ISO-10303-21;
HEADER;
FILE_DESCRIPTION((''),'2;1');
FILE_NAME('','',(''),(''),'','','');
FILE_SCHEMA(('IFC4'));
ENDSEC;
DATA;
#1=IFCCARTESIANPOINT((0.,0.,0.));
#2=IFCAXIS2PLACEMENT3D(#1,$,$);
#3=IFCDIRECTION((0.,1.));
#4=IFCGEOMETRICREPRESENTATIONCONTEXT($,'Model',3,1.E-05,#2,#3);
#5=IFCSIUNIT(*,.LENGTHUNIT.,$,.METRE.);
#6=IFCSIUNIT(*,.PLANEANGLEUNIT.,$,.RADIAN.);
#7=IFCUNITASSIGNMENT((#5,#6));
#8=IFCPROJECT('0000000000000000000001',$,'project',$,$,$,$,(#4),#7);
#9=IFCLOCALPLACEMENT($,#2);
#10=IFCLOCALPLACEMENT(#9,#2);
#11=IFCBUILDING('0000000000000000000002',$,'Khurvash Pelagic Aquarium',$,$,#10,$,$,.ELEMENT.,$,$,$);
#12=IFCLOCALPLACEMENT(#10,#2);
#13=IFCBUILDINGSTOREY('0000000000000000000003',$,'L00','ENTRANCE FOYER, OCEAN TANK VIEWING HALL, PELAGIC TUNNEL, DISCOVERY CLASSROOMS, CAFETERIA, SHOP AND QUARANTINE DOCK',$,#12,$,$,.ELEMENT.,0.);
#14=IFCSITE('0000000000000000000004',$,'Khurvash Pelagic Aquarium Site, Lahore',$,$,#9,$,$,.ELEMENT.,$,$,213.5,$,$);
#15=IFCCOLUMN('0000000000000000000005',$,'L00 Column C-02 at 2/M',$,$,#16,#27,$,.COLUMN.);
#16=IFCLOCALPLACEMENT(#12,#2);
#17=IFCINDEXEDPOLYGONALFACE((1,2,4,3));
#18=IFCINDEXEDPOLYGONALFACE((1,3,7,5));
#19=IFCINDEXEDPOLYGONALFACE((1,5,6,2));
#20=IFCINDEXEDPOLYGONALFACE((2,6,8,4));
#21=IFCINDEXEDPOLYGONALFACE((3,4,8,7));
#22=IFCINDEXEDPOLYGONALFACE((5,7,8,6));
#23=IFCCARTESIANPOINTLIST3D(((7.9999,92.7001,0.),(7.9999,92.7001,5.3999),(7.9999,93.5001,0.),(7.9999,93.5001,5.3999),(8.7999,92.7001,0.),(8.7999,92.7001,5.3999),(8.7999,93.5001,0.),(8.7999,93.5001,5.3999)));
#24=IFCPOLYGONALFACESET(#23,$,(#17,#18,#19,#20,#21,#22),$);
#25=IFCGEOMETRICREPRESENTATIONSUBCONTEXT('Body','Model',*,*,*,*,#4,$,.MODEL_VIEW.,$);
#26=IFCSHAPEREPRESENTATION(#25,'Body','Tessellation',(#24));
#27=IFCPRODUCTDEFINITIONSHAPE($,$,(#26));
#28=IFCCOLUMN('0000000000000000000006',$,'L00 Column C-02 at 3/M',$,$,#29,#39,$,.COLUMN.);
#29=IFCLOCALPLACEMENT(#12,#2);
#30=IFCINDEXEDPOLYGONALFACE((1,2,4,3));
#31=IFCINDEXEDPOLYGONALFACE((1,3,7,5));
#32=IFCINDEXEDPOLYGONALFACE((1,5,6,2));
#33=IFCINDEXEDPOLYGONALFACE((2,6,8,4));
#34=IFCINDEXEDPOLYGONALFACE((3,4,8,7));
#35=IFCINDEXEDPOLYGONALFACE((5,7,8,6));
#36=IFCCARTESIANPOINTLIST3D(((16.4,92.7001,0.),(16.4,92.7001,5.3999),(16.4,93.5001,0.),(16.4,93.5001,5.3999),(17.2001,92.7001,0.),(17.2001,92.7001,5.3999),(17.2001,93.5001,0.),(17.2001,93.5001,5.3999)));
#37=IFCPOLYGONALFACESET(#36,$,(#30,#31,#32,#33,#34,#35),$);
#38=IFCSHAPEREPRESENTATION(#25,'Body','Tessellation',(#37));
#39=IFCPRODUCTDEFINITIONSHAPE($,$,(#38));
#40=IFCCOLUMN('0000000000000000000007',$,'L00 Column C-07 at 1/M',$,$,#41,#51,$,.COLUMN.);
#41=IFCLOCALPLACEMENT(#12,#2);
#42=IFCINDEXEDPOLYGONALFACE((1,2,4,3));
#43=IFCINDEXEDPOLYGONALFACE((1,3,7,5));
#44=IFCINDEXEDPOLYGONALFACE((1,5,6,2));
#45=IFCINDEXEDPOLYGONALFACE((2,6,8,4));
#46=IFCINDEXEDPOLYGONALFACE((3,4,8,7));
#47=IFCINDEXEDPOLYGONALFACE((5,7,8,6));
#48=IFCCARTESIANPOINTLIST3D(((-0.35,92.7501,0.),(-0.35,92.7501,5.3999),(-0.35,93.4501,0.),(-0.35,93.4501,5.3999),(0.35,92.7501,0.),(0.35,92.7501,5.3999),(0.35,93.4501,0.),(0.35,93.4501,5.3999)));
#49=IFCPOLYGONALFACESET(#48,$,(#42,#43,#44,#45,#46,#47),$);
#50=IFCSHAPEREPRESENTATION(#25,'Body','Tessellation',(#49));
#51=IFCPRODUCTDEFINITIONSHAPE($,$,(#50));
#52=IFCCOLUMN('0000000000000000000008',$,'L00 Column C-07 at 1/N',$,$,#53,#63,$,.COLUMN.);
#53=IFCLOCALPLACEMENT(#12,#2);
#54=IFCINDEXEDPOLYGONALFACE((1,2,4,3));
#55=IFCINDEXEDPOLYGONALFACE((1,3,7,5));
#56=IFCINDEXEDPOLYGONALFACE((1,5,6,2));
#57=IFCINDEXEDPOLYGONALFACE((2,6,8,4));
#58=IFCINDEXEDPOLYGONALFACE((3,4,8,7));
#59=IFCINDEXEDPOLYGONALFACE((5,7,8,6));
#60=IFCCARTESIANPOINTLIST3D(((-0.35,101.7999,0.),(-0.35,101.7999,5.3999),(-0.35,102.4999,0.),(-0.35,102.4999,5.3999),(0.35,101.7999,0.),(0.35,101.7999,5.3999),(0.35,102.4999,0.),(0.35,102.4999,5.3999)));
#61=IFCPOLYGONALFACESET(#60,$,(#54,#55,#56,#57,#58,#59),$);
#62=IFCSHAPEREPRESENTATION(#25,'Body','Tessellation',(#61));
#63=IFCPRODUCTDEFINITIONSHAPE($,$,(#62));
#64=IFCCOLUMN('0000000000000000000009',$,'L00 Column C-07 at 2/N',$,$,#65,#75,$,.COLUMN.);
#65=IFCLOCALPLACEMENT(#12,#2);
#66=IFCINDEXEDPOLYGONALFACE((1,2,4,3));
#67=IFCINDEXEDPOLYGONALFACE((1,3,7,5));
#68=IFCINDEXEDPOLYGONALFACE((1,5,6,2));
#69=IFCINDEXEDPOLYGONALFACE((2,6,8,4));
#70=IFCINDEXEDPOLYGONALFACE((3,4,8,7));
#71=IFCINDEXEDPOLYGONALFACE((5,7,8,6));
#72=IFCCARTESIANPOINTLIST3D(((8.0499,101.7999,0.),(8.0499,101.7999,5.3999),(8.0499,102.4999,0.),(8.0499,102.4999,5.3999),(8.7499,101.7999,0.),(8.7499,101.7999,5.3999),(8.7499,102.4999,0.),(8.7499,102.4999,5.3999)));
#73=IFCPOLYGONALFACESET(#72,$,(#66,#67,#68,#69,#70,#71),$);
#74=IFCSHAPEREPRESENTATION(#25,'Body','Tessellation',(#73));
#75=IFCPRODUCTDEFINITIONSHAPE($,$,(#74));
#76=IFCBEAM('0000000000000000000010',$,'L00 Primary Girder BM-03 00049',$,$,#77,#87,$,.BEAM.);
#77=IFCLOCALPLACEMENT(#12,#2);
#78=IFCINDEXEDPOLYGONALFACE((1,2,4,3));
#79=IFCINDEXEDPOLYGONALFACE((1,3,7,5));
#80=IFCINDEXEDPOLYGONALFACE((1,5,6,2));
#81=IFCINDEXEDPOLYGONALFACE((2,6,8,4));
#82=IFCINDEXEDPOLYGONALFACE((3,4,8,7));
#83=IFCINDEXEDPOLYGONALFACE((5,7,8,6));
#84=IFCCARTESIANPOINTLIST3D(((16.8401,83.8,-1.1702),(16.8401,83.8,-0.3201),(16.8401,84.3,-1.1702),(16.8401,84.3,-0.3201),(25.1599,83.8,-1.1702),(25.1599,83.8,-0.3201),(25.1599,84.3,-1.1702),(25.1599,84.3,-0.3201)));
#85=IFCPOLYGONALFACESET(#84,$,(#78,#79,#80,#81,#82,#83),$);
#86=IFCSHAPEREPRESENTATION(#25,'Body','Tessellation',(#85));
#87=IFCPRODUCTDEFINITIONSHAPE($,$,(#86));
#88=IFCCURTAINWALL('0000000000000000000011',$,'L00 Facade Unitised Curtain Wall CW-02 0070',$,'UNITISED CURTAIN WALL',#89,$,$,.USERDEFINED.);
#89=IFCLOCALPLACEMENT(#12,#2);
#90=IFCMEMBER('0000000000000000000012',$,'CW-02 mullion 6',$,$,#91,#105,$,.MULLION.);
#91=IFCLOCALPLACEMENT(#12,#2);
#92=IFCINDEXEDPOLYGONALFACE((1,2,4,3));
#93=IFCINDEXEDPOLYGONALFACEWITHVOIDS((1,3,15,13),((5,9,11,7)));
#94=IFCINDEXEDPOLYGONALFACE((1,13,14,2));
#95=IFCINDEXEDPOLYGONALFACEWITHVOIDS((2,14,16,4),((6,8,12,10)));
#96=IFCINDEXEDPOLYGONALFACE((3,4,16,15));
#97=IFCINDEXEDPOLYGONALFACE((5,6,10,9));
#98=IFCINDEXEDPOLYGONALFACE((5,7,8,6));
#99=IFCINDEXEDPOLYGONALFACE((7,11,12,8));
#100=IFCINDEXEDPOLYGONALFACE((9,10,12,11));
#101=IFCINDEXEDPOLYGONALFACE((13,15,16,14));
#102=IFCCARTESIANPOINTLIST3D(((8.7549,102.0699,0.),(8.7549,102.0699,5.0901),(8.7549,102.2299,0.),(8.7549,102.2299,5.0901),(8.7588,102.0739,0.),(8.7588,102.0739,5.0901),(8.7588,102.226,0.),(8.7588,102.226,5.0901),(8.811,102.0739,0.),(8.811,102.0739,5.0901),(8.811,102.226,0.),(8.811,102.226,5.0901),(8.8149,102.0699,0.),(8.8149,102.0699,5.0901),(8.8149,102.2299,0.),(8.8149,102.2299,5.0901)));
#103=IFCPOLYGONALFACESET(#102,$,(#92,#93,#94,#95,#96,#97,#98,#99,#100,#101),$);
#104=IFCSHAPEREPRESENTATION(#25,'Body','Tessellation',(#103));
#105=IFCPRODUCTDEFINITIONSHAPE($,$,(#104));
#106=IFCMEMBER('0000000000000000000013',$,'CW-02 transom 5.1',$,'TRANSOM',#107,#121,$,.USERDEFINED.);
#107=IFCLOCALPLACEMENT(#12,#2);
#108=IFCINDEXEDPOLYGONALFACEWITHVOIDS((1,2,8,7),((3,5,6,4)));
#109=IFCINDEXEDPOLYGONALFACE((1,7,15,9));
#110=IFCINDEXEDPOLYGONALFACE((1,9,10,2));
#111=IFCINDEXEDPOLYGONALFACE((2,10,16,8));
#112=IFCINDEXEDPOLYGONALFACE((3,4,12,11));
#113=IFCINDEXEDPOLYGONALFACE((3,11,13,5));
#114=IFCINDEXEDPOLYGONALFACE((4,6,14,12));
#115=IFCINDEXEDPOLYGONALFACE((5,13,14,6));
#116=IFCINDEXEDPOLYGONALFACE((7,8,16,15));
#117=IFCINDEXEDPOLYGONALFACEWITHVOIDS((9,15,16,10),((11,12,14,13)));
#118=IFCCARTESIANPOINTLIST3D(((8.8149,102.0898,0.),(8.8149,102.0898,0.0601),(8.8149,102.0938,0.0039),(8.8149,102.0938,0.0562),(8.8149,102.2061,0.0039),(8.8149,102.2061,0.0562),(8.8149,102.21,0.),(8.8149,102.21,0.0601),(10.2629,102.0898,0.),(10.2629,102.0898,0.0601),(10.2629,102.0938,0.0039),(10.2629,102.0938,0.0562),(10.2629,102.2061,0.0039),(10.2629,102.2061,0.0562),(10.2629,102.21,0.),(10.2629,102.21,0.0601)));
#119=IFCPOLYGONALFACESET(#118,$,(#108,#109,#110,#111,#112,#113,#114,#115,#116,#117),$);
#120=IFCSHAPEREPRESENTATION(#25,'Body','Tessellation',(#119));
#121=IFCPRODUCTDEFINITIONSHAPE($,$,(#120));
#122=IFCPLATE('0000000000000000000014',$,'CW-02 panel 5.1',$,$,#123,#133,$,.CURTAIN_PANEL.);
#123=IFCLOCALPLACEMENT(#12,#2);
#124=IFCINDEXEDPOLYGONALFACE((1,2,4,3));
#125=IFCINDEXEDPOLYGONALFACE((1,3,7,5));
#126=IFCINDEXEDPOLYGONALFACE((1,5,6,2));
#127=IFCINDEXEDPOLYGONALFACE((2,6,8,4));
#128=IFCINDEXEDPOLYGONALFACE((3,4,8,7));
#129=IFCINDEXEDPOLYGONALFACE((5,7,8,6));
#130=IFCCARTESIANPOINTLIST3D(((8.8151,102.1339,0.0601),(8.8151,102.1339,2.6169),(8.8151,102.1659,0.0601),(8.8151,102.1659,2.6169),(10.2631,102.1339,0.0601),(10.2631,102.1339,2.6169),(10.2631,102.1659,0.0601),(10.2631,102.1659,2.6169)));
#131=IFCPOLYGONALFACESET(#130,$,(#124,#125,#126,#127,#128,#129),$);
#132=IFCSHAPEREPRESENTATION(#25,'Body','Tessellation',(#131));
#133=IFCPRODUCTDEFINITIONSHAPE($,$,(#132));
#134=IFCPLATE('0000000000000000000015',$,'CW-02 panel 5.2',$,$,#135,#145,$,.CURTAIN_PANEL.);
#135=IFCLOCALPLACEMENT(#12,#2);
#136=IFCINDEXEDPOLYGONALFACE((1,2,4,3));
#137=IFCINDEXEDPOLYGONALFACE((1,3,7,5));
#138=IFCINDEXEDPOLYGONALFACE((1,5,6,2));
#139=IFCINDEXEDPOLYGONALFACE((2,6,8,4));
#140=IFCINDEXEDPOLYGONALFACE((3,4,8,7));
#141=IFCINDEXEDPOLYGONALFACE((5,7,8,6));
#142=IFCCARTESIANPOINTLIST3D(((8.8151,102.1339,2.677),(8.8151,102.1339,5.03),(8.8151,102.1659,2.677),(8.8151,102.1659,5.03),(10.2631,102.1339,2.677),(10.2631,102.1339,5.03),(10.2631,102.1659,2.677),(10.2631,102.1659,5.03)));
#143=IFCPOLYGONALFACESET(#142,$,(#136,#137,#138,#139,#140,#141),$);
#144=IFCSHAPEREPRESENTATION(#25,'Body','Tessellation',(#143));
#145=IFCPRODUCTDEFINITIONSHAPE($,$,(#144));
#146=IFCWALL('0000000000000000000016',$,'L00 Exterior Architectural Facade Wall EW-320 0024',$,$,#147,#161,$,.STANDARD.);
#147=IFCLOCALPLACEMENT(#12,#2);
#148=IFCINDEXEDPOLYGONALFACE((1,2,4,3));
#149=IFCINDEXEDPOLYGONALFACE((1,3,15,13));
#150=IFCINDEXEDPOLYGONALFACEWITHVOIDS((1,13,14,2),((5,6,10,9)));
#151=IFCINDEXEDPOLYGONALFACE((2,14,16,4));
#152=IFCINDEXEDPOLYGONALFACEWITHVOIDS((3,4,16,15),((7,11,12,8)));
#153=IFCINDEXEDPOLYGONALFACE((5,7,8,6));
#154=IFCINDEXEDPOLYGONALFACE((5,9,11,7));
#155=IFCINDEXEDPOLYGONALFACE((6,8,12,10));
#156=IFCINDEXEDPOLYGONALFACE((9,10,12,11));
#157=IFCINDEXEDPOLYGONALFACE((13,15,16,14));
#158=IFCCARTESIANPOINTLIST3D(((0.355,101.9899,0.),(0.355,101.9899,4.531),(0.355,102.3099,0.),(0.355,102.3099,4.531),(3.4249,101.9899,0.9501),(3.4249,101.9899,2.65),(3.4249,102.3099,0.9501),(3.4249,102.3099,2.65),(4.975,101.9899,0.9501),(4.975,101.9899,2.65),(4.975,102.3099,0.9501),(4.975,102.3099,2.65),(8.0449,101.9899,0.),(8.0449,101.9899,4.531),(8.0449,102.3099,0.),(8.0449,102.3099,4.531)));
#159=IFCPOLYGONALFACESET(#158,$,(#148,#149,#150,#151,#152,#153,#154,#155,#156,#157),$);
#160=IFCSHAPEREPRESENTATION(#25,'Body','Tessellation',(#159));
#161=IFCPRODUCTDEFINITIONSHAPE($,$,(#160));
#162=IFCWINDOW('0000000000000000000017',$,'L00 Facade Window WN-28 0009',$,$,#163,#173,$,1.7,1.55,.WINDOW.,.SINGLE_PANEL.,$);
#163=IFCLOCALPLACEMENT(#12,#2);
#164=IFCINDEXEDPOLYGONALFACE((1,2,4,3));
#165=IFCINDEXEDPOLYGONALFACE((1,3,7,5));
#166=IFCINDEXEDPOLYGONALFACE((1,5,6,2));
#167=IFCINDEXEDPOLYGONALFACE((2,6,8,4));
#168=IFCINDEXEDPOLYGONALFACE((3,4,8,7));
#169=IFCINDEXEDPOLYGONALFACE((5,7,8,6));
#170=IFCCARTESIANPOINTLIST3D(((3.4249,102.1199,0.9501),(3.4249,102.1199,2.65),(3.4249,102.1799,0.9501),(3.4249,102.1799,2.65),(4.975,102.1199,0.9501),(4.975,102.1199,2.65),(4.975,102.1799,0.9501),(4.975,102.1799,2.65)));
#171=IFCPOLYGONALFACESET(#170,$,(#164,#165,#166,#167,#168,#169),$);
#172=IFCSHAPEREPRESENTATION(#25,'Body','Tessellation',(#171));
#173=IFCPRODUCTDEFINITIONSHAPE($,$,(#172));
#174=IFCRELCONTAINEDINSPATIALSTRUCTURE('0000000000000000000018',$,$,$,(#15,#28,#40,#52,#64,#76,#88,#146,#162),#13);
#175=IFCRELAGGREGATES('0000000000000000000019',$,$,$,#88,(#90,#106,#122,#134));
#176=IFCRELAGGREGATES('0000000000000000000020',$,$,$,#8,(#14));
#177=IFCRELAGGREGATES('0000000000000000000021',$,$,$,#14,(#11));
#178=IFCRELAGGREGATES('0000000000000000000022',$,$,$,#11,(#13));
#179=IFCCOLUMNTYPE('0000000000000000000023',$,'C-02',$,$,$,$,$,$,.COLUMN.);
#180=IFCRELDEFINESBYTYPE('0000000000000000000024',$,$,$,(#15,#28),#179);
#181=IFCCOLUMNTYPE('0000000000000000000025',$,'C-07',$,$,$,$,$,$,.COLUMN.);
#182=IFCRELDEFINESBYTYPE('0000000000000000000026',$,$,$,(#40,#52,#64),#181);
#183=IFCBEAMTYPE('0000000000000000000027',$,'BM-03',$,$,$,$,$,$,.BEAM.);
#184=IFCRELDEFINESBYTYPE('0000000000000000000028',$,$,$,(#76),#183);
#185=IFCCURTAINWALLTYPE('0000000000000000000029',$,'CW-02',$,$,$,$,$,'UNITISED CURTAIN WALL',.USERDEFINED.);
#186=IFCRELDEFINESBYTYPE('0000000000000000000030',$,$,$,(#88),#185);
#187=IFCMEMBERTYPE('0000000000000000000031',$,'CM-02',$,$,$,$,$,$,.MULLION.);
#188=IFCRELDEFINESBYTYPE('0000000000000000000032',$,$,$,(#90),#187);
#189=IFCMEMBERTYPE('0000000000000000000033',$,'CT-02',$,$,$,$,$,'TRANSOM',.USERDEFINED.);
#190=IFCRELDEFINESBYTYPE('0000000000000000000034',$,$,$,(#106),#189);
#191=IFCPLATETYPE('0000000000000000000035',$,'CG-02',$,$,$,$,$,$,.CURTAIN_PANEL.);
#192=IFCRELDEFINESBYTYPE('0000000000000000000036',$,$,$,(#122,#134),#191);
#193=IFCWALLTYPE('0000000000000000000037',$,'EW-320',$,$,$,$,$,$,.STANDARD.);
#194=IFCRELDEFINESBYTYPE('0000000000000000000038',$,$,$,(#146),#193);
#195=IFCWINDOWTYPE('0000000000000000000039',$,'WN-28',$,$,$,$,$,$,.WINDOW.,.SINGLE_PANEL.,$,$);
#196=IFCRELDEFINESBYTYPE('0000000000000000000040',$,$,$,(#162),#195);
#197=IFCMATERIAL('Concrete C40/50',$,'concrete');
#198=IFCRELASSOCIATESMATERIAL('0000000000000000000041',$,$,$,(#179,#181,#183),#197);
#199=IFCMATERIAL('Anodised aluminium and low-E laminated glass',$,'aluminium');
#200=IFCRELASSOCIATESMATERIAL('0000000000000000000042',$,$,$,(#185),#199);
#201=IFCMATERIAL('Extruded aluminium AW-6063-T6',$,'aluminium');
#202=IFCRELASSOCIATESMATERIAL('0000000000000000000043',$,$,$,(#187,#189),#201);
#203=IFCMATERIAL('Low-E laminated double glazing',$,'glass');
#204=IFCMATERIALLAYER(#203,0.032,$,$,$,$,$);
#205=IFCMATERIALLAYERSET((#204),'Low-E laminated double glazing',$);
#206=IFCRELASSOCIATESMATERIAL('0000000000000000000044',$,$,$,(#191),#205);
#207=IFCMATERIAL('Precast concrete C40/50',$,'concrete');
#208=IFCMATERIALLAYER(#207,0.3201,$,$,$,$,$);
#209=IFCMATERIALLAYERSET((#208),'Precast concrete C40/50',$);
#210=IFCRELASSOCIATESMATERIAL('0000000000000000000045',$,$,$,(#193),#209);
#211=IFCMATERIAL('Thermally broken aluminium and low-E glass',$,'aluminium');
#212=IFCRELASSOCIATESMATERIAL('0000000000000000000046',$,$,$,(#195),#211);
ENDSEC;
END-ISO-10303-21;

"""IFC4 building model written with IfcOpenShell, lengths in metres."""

from ifc_helpers import new_model, si_unit, direction, frame, frame_2d, origin, origin_2d, place, context, subcontext, project, spatial, rectangle, hollow_rectangle, extrude, material, layer, layer_set, material_profile, profile_set, type_object, element, fill, aggregate, save


model = new_model("IFC4")

# Units and contexts
model_context = context("Model", 3, precision=1e-05, world=origin(), true_north=direction((0.0, 1.0)))
body_context = subcontext(model_context, "Body", "Model", "MODEL_VIEW")
ifc_project = project(units=[si_unit("LENGTHUNIT", "METRE"), si_unit("PLANEANGLEUNIT", "RADIAN")], contexts=[model_context])

# Site, building, storey
site_placement = place(None, origin())
site = spatial("IfcSite", under=ifc_project, at=site_placement, Name="Khurvash Pelagic Aquarium Site, Lahore", CompositionType="ELEMENT", RefElevation=213.5)
building_placement = place(site_placement, origin())
building = spatial("IfcBuilding", under=site, at=building_placement, Name="Khurvash Pelagic Aquarium", CompositionType="ELEMENT")
storey_placement = place(building_placement, origin())
storey = spatial("IfcBuildingStorey", under=building, at=storey_placement, Name="L00", Description="ENTRANCE FOYER, OCEAN TANK VIEWING HALL, PELAGIC TUNNEL, DISCOVERY CLASSROOMS, CAFETERIA, SHOP AND QUARANTINE DOCK", CompositionType="ELEMENT", Elevation=0.0)

# Columns
ifc_material_1 = material(Name="Concrete C40/50", Category="concrete")
ifc_material_profile_1 = material_profile(ifc_material_1, rectangle(XDim=0.8, YDim=0.8, at=origin_2d()), Name="RC800X800")
ifc_profile_set_1 = profile_set([ifc_material_profile_1], Name="Concrete C40/50")
column_type_1 = type_object("IfcColumnType", Name="C-02", PredefinedType="COLUMN", material=ifc_profile_set_1)
for number, where, z_axis, x_axis, name in (
    (1, (8.3999, 93.1001, 0.0), (0.0, 0.0, 1.0), (1.0, 0.0, 0.0), "L00 Column C-02 at 2/M"),
    (2, (16.8, 93.1001, 0.0), (0.0, 0.0, 1.0), (1.0, 0.0, 0.0), "L00 Column C-02 at 3/M"),
):
    element("IfcColumn", number, at=place(storey_placement, frame(where, z_axis=z_axis, x_axis=x_axis)), inside=storey, type_object=column_type_1, Name=name, PredefinedType="COLUMN", context=body_context, shape_type="SweptSolid", body=[
        extrude(rectangle(XDim=0.8, YDim=0.8, at=origin_2d()), origin(), (0.0, 0.0, 1.0), 5.3999),
    ])
ifc_material_profile_2 = material_profile(ifc_material_1, rectangle(XDim=0.7, YDim=0.7, at=origin_2d()), Name="RC700X700")
ifc_profile_set_2 = profile_set([ifc_material_profile_2], Name="Concrete C40/50")
column_type_2 = type_object("IfcColumnType", Name="C-07", PredefinedType="COLUMN", material=ifc_profile_set_2)
for number, where, z_axis, x_axis, name in (
    (3, (0.0, 93.1001, 0.0), (0.0, 0.0, 1.0), (1.0, 0.0, 0.0), "L00 Column C-07 at 1/M"),
    (4, (0.0, 102.1499, 0.0), (0.0, 0.0, 1.0), (1.0, 0.0, 0.0), "L00 Column C-07 at 1/N"),
    (5, (8.3999, 102.1499, 0.0), (0.0, 0.0, 1.0), (1.0, 0.0, 0.0), "L00 Column C-07 at 2/N"),
):
    element("IfcColumn", number, at=place(storey_placement, frame(where, z_axis=z_axis, x_axis=x_axis)), inside=storey, type_object=column_type_2, Name=name, PredefinedType="COLUMN", context=body_context, shape_type="SweptSolid", body=[
        extrude(rectangle(XDim=0.7, YDim=0.7, at=origin_2d()), origin(), (0.0, 0.0, 1.0), 5.3999),
    ])

# Beam
ifc_material_profile_3 = material_profile(ifc_material_1, rectangle(XDim=0.5, YDim=0.8501, at=origin_2d()), Name="RC500X850")
ifc_profile_set_3 = profile_set([ifc_material_profile_3], Name="Concrete C40/50")
beam_type = type_object("IfcBeamType", Name="BM-03", PredefinedType="BEAM", material=ifc_profile_set_3)
beam_placement = place(storey_placement, frame((16.8401, 84.05, -0.7451), z_axis=(1.0, 0.0, 0.0), x_axis=(0.0, 1.0, 0.0)))
element("IfcBeam", 6, at=beam_placement, inside=storey, type_object=beam_type, Name="L00 Primary Girder BM-03 00049", PredefinedType="BEAM", context=body_context, shape_type="SweptSolid", body=[
    extrude(rectangle(XDim=0.5, YDim=0.8501, at=origin_2d()), origin(), (0.0, 0.0, 1.0), 8.3198),
])

# Curtain wall, members, plates
ifc_material_2 = material(Name="Anodised aluminium and low-E laminated glass", Category="aluminium")
curtain_wall_type = type_object("IfcCurtainWallType", Name="CW-02", ElementType="UNITISED CURTAIN WALL", PredefinedType="USERDEFINED", material=ifc_material_2)
curtain_wall_placement = place(storey_placement, origin())
curtain_wall = element("IfcCurtainWall", 7, at=curtain_wall_placement, inside=storey, type_object=curtain_wall_type, Name="L00 Facade Unitised Curtain Wall CW-02 0070", ObjectType="UNITISED CURTAIN WALL", PredefinedType="USERDEFINED")
ifc_material_3 = material(Name="Extruded aluminium AW-6063-T6", Category="aluminium")
ifc_material_profile_4 = material_profile(ifc_material_3, hollow_rectangle(XDim=0.0601, YDim=0.1599, WallThickness=0.0039, at=origin_2d()), Name="CWM60X160X4")
ifc_profile_set_4 = profile_set([ifc_material_profile_4], Name="Extruded aluminium AW-6063-T6")
member_type_1 = type_object("IfcMemberType", Name="CM-02", PredefinedType="MULLION", material=ifc_profile_set_4)
member_1_placement = place(storey_placement, frame((8.7849, 102.1499, 0.0), z_axis=(0.0, 0.0, 1.0), x_axis=(-1.0, 0.0, 0.0)))
member_1 = element("IfcMember", 8, at=member_1_placement, type_object=member_type_1, Name="CW-02 mullion 6", PredefinedType="MULLION", context=body_context, shape_type="SweptSolid", body=[
    extrude(hollow_rectangle(XDim=0.0601, YDim=0.1599, WallThickness=0.0039, at=origin_2d()), origin(), (0.0, 0.0, 1.0), 5.0901),
])
ifc_material_profile_5 = material_profile(ifc_material_3, hollow_rectangle(XDim=0.1201, YDim=0.0601, WallThickness=0.0039, at=origin_2d()), Name="CWT120X60X4")
ifc_profile_set_5 = profile_set([ifc_material_profile_5], Name="Extruded aluminium AW-6063-T6")
member_type_2 = type_object("IfcMemberType", Name="CT-02", ElementType="TRANSOM", PredefinedType="USERDEFINED", material=ifc_profile_set_5)
member_2_placement = place(storey_placement, frame((10.2629, 102.1499, 0.03), z_axis=(-1.0, 0.0, 0.0), x_axis=(0.0, -1.0, 0.0)))
member_2 = element("IfcMember", 9, at=member_2_placement, type_object=member_type_2, Name="CW-02 transom 5.1", ObjectType="TRANSOM", PredefinedType="USERDEFINED", context=body_context, shape_type="SweptSolid", body=[
    extrude(hollow_rectangle(XDim=0.1201, YDim=0.0601, WallThickness=0.0039, at=origin_2d()), origin(), (0.0, 0.0, 1.0), 1.448),
])
ifc_material_4 = material(Name="Low-E laminated double glazing", Category="glass")
ifc_layer_1 = layer(ifc_material_4, 0.032)
ifc_layer_set_1 = layer_set([ifc_layer_1], Name="Low-E laminated double glazing")
plate_type = type_object("IfcPlateType", Name="CG-02", PredefinedType="CURTAIN_PANEL", material=ifc_layer_set_1)
plate_1_placement = place(storey_placement, frame((9.5391, 102.1499, 0.0601), z_axis=(0.0, 0.0, 1.0), x_axis=(-1.0, 0.0, 0.0)))
plate_1 = element("IfcPlate", 10, at=plate_1_placement, type_object=plate_type, Name="CW-02 panel 5.1", PredefinedType="CURTAIN_PANEL", context=body_context, shape_type="SweptSolid", body=[
    extrude(rectangle(XDim=1.448, YDim=0.032, at=origin_2d()), origin(), (0.0, 0.0, 1.0), 2.5569),
])
plate_2_placement = place(storey_placement, frame((9.5391, 102.1499, 2.677), z_axis=(0.0, 0.0, 1.0), x_axis=(-1.0, 0.0, 0.0)))
plate_2 = element("IfcPlate", 11, at=plate_2_placement, type_object=plate_type, Name="CW-02 panel 5.2", PredefinedType="CURTAIN_PANEL", context=body_context, shape_type="SweptSolid", body=[
    extrude(rectangle(XDim=1.448, YDim=0.032, at=origin_2d()), origin(), (0.0, 0.0, 1.0), 2.353),
])
aggregate(curtain_wall, [member_1, member_2, plate_1, plate_2])

# Wall, opening, window
ifc_material_5 = material(Name="Precast concrete C40/50", Category="concrete")
ifc_layer_2 = layer(ifc_material_5, 0.3201)
ifc_layer_set_2 = layer_set([ifc_layer_2], Name="Precast concrete C40/50")
wall_type_1 = type_object("IfcWallType", Name="EW-320", PredefinedType="STANDARD", material=ifc_layer_set_2)
wall_1_placement = place(storey_placement, frame((8.0449, 102.1499, 0.0), z_axis=(0.0, 0.0, 1.0), x_axis=(-1.0, 0.0, 0.0)))
wall_1 = element("IfcWall", 12, at=wall_1_placement, inside=storey, type_object=wall_type_1, Name="L00 Exterior Architectural Facade Wall EW-320 0024", PredefinedType="STANDARD", context=body_context, shape_type="SweptSolid", body=[
    extrude(rectangle(XDim=7.6899, YDim=0.3201, at=frame_2d((3.845, 0.0))), origin(), (0.0, 0.0, 1.0), 4.531),
])
opening_1_placement = place(wall_1_placement, frame((3.0701, 0.0, 0.95)))
opening_1 = element("IfcOpeningElement", 13, at=opening_1_placement, cuts=wall_1, PredefinedType="OPENING", context=body_context, shape_type="SweptSolid", body=[
    extrude(rectangle(XDim=1.55, YDim=1.7, at=frame_2d((0.7749, 0.8501))), frame((0.0, 0.1699, 0.0), z_axis=(0.0, -1.0, 0.0), x_axis=(1.0, 0.0, 0.0)), (0.0, 0.0, 1.0), 0.3401),
])
ifc_material_6 = material(Name="Thermally broken aluminium and low-E glass", Category="aluminium")
window_type_1 = type_object("IfcWindowType", Name="WN-28", PartitioningType="SINGLE_PANEL", PredefinedType="WINDOW", material=ifc_material_6)
window_1_placement = place(opening_1_placement, origin())
window_1 = element("IfcWindow", 14, at=window_1_placement, inside=storey, type_object=window_type_1, Name="L00 Facade Window WN-28 0009", OverallHeight=1.7, OverallWidth=1.55, PartitioningType="SINGLE_PANEL", PredefinedType="WINDOW", context=body_context, shape_type="SweptSolid", body=[
    extrude(rectangle(XDim=1.55, YDim=1.7, at=frame_2d((0.7749, 0.8501))), frame((0.0, 0.03, 0.0), z_axis=(0.0, -1.0, 0.0), x_axis=(1.0, 0.0, 0.0)), (0.0, 0.0, 1.0), 0.0601),
])
fill(opening_1, window_1)

save(model, "model.ifc")
